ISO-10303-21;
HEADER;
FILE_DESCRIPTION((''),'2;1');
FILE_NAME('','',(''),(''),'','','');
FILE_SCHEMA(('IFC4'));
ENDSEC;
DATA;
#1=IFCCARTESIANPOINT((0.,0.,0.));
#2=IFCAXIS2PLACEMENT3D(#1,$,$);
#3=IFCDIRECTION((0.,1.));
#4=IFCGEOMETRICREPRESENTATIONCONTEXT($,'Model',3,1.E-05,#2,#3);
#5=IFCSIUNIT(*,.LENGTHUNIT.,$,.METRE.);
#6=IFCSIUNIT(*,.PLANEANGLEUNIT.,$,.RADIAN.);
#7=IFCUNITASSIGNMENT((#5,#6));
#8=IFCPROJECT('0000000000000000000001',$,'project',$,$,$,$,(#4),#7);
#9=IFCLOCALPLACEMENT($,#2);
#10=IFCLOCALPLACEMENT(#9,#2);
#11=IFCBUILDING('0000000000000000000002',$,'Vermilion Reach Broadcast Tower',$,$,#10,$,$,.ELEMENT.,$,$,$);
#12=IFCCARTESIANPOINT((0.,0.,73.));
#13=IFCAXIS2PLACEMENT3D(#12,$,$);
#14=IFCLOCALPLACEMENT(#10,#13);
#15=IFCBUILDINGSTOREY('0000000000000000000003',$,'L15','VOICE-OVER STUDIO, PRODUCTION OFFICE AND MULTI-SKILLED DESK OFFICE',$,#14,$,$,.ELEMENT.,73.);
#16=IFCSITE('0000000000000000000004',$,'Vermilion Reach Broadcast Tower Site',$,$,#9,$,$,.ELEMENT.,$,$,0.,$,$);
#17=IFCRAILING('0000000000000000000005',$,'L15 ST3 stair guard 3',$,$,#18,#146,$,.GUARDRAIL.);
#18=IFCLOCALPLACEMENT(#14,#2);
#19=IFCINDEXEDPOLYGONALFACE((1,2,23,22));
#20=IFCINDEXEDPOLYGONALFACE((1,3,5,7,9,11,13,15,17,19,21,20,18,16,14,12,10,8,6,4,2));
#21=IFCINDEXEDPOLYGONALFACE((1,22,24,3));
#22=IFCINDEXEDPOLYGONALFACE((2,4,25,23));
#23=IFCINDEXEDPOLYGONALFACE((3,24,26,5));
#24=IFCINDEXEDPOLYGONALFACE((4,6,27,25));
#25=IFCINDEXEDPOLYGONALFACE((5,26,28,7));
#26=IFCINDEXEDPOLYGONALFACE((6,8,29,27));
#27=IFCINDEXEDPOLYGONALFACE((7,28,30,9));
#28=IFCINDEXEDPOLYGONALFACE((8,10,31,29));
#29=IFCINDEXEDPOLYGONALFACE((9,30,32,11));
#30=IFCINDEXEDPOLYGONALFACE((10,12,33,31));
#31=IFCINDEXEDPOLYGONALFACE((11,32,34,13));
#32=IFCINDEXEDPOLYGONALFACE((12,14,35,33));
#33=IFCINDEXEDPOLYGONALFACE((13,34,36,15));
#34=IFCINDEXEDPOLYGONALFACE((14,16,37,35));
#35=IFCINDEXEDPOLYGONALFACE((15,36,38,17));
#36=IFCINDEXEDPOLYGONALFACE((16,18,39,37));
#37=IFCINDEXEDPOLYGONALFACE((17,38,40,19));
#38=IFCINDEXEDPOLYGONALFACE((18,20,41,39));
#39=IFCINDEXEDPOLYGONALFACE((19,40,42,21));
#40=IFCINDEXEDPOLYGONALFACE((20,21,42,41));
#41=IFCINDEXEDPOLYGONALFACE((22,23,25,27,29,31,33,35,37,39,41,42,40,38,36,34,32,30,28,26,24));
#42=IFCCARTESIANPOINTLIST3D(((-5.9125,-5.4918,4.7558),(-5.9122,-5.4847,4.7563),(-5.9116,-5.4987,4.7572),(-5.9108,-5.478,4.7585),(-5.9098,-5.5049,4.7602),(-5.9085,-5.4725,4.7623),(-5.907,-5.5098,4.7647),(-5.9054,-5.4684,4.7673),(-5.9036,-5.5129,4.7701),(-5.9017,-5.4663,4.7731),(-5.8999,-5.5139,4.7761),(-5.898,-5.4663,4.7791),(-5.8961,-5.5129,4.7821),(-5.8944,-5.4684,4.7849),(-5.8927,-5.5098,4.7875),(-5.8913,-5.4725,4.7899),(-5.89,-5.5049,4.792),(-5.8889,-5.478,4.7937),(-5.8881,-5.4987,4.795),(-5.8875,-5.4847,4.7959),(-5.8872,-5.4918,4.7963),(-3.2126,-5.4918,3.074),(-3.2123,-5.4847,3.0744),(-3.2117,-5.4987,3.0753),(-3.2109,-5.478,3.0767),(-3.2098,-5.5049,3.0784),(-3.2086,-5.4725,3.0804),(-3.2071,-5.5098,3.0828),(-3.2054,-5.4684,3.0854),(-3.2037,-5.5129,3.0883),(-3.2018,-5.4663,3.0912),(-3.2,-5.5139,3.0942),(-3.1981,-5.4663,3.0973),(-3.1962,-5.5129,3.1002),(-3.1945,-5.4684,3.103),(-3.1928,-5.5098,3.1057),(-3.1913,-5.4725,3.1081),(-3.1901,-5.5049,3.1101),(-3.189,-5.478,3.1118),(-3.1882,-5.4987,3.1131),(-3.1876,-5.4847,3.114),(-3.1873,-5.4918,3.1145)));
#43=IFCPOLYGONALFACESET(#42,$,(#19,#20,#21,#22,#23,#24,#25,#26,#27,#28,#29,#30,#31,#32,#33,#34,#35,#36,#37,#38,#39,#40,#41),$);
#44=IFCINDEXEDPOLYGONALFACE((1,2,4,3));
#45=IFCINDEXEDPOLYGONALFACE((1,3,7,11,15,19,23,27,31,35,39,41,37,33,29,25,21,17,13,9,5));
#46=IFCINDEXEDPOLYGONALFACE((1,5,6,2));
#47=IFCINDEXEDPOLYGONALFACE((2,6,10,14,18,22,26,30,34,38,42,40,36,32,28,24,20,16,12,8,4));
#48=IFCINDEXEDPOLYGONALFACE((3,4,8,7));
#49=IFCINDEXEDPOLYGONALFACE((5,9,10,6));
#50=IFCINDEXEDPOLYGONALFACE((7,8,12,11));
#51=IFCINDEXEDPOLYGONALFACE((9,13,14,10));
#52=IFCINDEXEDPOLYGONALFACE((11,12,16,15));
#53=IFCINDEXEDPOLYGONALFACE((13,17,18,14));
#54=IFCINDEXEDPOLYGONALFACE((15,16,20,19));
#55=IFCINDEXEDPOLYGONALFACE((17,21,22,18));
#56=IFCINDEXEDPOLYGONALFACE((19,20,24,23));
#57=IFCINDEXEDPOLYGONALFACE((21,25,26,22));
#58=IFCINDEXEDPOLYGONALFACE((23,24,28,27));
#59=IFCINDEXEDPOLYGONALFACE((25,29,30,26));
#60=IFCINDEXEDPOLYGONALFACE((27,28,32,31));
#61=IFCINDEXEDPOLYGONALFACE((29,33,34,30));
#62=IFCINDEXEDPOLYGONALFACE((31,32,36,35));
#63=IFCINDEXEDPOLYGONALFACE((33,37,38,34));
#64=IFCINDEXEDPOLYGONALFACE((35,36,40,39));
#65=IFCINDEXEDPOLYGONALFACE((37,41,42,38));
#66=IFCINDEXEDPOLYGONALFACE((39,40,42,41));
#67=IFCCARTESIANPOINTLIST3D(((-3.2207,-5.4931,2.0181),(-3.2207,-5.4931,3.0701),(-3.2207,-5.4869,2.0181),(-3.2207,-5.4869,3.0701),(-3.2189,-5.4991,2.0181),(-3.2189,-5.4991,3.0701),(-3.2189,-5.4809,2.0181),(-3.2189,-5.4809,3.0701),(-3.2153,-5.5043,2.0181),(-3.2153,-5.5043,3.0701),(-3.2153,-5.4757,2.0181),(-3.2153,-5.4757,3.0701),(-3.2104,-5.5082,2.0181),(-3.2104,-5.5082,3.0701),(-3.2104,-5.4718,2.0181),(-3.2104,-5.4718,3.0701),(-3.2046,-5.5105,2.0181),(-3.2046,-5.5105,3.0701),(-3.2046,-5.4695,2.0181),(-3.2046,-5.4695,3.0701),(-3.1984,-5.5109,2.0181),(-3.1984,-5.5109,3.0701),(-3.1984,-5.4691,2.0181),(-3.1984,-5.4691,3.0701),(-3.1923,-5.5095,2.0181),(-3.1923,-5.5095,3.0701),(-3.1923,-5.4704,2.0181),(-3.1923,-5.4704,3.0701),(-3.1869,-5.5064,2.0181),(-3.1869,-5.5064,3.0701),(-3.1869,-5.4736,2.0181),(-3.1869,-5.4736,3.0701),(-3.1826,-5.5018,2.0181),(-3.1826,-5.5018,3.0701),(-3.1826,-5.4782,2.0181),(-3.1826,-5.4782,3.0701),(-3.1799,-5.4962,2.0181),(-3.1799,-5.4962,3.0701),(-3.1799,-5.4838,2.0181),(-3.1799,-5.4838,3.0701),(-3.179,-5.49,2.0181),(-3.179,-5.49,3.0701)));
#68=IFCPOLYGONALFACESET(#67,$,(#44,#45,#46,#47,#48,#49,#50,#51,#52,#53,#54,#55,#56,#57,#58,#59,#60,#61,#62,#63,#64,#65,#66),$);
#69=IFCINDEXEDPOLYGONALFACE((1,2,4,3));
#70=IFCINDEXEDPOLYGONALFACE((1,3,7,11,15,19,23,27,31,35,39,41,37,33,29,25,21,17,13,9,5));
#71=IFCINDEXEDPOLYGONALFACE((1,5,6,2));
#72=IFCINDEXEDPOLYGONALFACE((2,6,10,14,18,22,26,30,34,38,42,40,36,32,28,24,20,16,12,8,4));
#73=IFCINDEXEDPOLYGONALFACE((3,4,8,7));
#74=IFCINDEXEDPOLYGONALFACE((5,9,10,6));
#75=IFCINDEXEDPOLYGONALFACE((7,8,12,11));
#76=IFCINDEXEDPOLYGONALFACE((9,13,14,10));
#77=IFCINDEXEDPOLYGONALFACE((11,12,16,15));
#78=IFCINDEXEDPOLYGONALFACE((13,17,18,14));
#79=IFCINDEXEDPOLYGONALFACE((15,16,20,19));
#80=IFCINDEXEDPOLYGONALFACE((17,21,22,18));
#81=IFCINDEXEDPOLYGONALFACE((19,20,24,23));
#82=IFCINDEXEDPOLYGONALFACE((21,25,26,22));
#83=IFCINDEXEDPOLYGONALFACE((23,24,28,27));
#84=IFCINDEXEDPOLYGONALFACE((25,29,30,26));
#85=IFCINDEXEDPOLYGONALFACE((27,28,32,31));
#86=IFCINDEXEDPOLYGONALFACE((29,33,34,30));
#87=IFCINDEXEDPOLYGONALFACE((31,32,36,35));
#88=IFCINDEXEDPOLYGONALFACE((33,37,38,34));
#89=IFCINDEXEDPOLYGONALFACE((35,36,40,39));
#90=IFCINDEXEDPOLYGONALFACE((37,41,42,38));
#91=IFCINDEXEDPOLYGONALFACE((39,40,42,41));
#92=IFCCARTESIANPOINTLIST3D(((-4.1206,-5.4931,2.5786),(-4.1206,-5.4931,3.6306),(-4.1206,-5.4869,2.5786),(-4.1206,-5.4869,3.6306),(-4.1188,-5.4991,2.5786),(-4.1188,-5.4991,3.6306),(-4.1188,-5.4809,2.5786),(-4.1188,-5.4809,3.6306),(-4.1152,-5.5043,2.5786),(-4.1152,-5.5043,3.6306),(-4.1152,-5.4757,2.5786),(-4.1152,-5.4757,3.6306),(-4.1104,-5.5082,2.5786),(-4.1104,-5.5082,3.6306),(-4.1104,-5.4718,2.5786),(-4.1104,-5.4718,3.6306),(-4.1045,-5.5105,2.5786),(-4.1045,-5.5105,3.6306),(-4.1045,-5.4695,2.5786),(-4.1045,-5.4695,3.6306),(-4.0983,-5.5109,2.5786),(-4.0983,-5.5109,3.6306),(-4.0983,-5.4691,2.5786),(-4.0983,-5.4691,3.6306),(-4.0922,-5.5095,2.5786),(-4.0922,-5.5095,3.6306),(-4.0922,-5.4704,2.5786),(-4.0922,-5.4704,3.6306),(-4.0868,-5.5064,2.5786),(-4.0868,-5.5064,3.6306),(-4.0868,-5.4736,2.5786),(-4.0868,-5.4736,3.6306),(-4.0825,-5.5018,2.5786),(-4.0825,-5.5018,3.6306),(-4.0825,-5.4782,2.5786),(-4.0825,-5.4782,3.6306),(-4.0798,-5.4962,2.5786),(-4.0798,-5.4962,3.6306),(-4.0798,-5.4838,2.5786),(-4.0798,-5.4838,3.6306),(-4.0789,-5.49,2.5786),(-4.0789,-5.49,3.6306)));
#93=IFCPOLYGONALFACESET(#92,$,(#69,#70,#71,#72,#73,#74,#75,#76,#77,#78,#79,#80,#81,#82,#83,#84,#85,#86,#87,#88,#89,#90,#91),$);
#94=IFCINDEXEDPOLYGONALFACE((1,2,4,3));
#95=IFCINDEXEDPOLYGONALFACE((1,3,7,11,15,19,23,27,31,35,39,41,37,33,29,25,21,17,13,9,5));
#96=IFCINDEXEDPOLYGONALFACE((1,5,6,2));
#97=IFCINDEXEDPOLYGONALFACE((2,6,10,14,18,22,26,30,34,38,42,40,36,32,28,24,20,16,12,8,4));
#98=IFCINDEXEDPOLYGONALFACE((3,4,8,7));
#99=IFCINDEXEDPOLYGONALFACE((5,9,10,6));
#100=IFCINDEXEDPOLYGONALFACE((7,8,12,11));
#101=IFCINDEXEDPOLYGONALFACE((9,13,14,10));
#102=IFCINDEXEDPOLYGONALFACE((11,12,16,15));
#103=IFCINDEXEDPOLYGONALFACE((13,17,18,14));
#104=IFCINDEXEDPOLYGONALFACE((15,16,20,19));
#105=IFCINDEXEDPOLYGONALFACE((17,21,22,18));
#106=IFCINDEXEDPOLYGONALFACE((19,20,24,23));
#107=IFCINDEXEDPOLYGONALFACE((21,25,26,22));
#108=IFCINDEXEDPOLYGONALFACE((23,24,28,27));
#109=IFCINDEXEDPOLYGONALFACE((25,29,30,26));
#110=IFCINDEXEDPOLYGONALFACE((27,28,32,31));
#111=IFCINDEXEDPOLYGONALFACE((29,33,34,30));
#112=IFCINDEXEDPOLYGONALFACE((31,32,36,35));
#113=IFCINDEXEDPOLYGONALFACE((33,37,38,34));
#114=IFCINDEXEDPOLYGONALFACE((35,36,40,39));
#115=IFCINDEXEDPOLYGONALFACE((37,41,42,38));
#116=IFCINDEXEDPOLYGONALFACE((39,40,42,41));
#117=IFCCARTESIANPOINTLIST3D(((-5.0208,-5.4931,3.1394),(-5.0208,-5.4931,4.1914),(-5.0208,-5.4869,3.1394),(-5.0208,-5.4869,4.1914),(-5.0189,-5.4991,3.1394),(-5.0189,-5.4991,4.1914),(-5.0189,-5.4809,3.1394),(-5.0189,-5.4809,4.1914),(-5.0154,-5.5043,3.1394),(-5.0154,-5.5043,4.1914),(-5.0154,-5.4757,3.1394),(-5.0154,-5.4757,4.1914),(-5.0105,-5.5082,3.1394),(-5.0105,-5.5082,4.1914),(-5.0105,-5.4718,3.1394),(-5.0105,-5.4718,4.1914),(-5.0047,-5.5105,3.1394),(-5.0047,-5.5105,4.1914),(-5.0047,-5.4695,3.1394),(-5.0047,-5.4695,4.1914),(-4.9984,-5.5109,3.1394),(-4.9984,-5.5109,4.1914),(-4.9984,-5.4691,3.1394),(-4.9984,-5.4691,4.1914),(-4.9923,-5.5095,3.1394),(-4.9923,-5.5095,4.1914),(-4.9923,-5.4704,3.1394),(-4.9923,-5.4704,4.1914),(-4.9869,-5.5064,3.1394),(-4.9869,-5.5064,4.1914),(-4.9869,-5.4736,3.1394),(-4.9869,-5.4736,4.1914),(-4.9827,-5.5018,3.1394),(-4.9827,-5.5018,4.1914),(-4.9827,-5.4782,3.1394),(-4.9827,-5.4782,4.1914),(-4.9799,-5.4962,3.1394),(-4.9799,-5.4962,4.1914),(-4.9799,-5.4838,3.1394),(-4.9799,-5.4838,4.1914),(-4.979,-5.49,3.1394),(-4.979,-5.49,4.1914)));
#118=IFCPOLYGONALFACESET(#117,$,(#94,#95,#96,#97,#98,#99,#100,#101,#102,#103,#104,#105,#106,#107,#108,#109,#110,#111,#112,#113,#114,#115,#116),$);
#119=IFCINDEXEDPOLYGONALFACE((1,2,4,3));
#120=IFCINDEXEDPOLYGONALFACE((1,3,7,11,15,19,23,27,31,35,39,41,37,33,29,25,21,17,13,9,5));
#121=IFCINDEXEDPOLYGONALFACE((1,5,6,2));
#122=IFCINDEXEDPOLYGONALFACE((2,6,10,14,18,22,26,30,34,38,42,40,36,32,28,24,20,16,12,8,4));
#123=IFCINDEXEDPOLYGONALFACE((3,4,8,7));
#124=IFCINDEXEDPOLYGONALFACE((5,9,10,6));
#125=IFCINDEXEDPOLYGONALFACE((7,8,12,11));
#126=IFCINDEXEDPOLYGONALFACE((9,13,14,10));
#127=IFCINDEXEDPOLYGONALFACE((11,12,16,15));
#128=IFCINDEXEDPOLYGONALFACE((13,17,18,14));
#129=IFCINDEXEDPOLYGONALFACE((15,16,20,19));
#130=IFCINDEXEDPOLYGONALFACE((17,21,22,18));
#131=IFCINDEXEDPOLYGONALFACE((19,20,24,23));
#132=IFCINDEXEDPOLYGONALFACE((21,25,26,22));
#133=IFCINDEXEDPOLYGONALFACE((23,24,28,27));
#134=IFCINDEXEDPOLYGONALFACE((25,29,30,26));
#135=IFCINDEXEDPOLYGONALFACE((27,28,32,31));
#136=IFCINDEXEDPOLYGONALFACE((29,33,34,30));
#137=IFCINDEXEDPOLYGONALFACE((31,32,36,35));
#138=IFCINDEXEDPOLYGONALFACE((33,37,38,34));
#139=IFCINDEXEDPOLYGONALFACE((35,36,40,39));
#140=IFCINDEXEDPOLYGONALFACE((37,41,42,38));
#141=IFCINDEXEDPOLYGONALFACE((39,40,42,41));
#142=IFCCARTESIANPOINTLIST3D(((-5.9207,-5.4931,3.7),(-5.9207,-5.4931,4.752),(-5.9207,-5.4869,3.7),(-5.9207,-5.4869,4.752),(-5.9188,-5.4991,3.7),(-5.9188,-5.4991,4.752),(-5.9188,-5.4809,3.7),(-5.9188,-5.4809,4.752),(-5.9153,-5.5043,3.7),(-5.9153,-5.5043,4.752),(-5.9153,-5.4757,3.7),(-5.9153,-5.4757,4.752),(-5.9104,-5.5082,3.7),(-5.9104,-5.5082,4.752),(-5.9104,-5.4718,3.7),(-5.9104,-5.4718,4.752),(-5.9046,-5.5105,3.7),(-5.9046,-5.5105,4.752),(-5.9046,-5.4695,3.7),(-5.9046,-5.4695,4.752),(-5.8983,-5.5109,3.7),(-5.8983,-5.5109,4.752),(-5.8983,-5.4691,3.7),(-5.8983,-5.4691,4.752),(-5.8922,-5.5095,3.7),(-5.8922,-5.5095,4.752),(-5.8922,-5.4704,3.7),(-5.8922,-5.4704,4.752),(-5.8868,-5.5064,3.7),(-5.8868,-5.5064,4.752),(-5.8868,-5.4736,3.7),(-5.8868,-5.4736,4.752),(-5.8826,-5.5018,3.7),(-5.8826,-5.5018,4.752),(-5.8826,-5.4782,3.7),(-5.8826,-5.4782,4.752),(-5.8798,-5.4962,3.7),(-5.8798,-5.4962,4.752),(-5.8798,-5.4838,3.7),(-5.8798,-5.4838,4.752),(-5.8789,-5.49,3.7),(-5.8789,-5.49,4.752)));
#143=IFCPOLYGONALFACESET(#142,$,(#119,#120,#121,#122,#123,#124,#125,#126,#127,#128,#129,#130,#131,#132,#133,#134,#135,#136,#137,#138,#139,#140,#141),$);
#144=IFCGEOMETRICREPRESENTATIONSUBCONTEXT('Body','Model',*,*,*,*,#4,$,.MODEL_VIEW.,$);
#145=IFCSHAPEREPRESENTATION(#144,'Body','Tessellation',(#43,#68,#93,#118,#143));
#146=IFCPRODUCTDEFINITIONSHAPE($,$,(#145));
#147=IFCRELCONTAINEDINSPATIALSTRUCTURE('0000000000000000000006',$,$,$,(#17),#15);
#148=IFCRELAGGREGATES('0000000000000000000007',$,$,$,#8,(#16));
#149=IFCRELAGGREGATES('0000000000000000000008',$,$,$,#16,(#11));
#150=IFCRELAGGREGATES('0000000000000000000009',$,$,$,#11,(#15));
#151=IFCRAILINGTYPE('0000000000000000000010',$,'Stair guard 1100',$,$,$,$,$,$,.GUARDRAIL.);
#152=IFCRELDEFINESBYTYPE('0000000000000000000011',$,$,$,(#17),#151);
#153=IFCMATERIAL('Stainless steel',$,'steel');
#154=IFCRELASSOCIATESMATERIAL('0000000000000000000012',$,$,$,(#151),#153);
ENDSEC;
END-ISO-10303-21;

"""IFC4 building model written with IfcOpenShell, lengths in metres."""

from ifc_helpers import new_model, si_unit, direction, frame, origin, origin_2d, place, context, subcontext, project, spatial, circle, extrude, material, type_object, element, save


model = new_model("IFC4")

# Units and contexts
model_context = context("Model", 3, precision=1e-05, world=origin(), true_north=direction((0.0, 1.0)))
body_context = subcontext(model_context, "Body", "Model", "MODEL_VIEW")
ifc_project = project(units=[si_unit("LENGTHUNIT", "METRE"), si_unit("PLANEANGLEUNIT", "RADIAN")], contexts=[model_context])

# Site, building, storey
site_placement = place(None, origin())
site = spatial("IfcSite", under=ifc_project, at=site_placement, Name="Vermilion Reach Broadcast Tower Site", CompositionType="ELEMENT", RefElevation=0.0)
building_placement = place(site_placement, origin())
building = spatial("IfcBuilding", under=site, at=building_placement, Name="Vermilion Reach Broadcast Tower", CompositionType="ELEMENT")
storey_placement = place(building_placement, frame((0.0, 0.0, 73.0)))
storey = spatial("IfcBuildingStorey", under=building, at=storey_placement, Name="L15", Description="VOICE-OVER STUDIO, PRODUCTION OFFICE AND MULTI-SKILLED DESK OFFICE", CompositionType="ELEMENT", Elevation=73.0)

# Railing
ifc_material_1 = material(Name="Stainless steel", Category="steel")
railing_type_1 = type_object("IfcRailingType", Name="Stair guard 1100", PredefinedType="GUARDRAIL", material=ifc_material_1)
railing_1_placement = place(storey_placement, frame((-3.2, -5.49, 2.0181)))
element("IfcRailing", 1, at=railing_1_placement, inside=storey, type_object=railing_type_1, Name="L15 ST3 stair guard 3", PredefinedType="GUARDRAIL", context=body_context, shape_type="SweptSolid", body=[
    extrude(circle(Radius=0.0239, at=origin_2d()), frame((0.0, 0.0, 1.0762), z_axis=(-0.848786, 0.0, 0.528736), x_axis=(0.0, -1.0, 0.0)), (0.0, 0.0, 1.0), 3.1809),
    extrude(circle(Radius=0.021, at=origin_2d()), origin(), (0.0, 0.0, 1.0), 1.052),
    extrude(circle(Radius=0.021, at=origin_2d()), frame((-0.8999, 0.0, 0.5605)), (0.0, 0.0, 1.0), 1.052),
    extrude(circle(Radius=0.021, at=origin_2d()), frame((-1.8, 0.0, 1.1213)), (0.0, 0.0, 1.0), 1.052),
    extrude(circle(Radius=0.021, at=origin_2d()), frame((-2.7, 0.0, 1.6819)), (0.0, 0.0, 1.0), 1.052),
])

save(model, "model.ifc")
